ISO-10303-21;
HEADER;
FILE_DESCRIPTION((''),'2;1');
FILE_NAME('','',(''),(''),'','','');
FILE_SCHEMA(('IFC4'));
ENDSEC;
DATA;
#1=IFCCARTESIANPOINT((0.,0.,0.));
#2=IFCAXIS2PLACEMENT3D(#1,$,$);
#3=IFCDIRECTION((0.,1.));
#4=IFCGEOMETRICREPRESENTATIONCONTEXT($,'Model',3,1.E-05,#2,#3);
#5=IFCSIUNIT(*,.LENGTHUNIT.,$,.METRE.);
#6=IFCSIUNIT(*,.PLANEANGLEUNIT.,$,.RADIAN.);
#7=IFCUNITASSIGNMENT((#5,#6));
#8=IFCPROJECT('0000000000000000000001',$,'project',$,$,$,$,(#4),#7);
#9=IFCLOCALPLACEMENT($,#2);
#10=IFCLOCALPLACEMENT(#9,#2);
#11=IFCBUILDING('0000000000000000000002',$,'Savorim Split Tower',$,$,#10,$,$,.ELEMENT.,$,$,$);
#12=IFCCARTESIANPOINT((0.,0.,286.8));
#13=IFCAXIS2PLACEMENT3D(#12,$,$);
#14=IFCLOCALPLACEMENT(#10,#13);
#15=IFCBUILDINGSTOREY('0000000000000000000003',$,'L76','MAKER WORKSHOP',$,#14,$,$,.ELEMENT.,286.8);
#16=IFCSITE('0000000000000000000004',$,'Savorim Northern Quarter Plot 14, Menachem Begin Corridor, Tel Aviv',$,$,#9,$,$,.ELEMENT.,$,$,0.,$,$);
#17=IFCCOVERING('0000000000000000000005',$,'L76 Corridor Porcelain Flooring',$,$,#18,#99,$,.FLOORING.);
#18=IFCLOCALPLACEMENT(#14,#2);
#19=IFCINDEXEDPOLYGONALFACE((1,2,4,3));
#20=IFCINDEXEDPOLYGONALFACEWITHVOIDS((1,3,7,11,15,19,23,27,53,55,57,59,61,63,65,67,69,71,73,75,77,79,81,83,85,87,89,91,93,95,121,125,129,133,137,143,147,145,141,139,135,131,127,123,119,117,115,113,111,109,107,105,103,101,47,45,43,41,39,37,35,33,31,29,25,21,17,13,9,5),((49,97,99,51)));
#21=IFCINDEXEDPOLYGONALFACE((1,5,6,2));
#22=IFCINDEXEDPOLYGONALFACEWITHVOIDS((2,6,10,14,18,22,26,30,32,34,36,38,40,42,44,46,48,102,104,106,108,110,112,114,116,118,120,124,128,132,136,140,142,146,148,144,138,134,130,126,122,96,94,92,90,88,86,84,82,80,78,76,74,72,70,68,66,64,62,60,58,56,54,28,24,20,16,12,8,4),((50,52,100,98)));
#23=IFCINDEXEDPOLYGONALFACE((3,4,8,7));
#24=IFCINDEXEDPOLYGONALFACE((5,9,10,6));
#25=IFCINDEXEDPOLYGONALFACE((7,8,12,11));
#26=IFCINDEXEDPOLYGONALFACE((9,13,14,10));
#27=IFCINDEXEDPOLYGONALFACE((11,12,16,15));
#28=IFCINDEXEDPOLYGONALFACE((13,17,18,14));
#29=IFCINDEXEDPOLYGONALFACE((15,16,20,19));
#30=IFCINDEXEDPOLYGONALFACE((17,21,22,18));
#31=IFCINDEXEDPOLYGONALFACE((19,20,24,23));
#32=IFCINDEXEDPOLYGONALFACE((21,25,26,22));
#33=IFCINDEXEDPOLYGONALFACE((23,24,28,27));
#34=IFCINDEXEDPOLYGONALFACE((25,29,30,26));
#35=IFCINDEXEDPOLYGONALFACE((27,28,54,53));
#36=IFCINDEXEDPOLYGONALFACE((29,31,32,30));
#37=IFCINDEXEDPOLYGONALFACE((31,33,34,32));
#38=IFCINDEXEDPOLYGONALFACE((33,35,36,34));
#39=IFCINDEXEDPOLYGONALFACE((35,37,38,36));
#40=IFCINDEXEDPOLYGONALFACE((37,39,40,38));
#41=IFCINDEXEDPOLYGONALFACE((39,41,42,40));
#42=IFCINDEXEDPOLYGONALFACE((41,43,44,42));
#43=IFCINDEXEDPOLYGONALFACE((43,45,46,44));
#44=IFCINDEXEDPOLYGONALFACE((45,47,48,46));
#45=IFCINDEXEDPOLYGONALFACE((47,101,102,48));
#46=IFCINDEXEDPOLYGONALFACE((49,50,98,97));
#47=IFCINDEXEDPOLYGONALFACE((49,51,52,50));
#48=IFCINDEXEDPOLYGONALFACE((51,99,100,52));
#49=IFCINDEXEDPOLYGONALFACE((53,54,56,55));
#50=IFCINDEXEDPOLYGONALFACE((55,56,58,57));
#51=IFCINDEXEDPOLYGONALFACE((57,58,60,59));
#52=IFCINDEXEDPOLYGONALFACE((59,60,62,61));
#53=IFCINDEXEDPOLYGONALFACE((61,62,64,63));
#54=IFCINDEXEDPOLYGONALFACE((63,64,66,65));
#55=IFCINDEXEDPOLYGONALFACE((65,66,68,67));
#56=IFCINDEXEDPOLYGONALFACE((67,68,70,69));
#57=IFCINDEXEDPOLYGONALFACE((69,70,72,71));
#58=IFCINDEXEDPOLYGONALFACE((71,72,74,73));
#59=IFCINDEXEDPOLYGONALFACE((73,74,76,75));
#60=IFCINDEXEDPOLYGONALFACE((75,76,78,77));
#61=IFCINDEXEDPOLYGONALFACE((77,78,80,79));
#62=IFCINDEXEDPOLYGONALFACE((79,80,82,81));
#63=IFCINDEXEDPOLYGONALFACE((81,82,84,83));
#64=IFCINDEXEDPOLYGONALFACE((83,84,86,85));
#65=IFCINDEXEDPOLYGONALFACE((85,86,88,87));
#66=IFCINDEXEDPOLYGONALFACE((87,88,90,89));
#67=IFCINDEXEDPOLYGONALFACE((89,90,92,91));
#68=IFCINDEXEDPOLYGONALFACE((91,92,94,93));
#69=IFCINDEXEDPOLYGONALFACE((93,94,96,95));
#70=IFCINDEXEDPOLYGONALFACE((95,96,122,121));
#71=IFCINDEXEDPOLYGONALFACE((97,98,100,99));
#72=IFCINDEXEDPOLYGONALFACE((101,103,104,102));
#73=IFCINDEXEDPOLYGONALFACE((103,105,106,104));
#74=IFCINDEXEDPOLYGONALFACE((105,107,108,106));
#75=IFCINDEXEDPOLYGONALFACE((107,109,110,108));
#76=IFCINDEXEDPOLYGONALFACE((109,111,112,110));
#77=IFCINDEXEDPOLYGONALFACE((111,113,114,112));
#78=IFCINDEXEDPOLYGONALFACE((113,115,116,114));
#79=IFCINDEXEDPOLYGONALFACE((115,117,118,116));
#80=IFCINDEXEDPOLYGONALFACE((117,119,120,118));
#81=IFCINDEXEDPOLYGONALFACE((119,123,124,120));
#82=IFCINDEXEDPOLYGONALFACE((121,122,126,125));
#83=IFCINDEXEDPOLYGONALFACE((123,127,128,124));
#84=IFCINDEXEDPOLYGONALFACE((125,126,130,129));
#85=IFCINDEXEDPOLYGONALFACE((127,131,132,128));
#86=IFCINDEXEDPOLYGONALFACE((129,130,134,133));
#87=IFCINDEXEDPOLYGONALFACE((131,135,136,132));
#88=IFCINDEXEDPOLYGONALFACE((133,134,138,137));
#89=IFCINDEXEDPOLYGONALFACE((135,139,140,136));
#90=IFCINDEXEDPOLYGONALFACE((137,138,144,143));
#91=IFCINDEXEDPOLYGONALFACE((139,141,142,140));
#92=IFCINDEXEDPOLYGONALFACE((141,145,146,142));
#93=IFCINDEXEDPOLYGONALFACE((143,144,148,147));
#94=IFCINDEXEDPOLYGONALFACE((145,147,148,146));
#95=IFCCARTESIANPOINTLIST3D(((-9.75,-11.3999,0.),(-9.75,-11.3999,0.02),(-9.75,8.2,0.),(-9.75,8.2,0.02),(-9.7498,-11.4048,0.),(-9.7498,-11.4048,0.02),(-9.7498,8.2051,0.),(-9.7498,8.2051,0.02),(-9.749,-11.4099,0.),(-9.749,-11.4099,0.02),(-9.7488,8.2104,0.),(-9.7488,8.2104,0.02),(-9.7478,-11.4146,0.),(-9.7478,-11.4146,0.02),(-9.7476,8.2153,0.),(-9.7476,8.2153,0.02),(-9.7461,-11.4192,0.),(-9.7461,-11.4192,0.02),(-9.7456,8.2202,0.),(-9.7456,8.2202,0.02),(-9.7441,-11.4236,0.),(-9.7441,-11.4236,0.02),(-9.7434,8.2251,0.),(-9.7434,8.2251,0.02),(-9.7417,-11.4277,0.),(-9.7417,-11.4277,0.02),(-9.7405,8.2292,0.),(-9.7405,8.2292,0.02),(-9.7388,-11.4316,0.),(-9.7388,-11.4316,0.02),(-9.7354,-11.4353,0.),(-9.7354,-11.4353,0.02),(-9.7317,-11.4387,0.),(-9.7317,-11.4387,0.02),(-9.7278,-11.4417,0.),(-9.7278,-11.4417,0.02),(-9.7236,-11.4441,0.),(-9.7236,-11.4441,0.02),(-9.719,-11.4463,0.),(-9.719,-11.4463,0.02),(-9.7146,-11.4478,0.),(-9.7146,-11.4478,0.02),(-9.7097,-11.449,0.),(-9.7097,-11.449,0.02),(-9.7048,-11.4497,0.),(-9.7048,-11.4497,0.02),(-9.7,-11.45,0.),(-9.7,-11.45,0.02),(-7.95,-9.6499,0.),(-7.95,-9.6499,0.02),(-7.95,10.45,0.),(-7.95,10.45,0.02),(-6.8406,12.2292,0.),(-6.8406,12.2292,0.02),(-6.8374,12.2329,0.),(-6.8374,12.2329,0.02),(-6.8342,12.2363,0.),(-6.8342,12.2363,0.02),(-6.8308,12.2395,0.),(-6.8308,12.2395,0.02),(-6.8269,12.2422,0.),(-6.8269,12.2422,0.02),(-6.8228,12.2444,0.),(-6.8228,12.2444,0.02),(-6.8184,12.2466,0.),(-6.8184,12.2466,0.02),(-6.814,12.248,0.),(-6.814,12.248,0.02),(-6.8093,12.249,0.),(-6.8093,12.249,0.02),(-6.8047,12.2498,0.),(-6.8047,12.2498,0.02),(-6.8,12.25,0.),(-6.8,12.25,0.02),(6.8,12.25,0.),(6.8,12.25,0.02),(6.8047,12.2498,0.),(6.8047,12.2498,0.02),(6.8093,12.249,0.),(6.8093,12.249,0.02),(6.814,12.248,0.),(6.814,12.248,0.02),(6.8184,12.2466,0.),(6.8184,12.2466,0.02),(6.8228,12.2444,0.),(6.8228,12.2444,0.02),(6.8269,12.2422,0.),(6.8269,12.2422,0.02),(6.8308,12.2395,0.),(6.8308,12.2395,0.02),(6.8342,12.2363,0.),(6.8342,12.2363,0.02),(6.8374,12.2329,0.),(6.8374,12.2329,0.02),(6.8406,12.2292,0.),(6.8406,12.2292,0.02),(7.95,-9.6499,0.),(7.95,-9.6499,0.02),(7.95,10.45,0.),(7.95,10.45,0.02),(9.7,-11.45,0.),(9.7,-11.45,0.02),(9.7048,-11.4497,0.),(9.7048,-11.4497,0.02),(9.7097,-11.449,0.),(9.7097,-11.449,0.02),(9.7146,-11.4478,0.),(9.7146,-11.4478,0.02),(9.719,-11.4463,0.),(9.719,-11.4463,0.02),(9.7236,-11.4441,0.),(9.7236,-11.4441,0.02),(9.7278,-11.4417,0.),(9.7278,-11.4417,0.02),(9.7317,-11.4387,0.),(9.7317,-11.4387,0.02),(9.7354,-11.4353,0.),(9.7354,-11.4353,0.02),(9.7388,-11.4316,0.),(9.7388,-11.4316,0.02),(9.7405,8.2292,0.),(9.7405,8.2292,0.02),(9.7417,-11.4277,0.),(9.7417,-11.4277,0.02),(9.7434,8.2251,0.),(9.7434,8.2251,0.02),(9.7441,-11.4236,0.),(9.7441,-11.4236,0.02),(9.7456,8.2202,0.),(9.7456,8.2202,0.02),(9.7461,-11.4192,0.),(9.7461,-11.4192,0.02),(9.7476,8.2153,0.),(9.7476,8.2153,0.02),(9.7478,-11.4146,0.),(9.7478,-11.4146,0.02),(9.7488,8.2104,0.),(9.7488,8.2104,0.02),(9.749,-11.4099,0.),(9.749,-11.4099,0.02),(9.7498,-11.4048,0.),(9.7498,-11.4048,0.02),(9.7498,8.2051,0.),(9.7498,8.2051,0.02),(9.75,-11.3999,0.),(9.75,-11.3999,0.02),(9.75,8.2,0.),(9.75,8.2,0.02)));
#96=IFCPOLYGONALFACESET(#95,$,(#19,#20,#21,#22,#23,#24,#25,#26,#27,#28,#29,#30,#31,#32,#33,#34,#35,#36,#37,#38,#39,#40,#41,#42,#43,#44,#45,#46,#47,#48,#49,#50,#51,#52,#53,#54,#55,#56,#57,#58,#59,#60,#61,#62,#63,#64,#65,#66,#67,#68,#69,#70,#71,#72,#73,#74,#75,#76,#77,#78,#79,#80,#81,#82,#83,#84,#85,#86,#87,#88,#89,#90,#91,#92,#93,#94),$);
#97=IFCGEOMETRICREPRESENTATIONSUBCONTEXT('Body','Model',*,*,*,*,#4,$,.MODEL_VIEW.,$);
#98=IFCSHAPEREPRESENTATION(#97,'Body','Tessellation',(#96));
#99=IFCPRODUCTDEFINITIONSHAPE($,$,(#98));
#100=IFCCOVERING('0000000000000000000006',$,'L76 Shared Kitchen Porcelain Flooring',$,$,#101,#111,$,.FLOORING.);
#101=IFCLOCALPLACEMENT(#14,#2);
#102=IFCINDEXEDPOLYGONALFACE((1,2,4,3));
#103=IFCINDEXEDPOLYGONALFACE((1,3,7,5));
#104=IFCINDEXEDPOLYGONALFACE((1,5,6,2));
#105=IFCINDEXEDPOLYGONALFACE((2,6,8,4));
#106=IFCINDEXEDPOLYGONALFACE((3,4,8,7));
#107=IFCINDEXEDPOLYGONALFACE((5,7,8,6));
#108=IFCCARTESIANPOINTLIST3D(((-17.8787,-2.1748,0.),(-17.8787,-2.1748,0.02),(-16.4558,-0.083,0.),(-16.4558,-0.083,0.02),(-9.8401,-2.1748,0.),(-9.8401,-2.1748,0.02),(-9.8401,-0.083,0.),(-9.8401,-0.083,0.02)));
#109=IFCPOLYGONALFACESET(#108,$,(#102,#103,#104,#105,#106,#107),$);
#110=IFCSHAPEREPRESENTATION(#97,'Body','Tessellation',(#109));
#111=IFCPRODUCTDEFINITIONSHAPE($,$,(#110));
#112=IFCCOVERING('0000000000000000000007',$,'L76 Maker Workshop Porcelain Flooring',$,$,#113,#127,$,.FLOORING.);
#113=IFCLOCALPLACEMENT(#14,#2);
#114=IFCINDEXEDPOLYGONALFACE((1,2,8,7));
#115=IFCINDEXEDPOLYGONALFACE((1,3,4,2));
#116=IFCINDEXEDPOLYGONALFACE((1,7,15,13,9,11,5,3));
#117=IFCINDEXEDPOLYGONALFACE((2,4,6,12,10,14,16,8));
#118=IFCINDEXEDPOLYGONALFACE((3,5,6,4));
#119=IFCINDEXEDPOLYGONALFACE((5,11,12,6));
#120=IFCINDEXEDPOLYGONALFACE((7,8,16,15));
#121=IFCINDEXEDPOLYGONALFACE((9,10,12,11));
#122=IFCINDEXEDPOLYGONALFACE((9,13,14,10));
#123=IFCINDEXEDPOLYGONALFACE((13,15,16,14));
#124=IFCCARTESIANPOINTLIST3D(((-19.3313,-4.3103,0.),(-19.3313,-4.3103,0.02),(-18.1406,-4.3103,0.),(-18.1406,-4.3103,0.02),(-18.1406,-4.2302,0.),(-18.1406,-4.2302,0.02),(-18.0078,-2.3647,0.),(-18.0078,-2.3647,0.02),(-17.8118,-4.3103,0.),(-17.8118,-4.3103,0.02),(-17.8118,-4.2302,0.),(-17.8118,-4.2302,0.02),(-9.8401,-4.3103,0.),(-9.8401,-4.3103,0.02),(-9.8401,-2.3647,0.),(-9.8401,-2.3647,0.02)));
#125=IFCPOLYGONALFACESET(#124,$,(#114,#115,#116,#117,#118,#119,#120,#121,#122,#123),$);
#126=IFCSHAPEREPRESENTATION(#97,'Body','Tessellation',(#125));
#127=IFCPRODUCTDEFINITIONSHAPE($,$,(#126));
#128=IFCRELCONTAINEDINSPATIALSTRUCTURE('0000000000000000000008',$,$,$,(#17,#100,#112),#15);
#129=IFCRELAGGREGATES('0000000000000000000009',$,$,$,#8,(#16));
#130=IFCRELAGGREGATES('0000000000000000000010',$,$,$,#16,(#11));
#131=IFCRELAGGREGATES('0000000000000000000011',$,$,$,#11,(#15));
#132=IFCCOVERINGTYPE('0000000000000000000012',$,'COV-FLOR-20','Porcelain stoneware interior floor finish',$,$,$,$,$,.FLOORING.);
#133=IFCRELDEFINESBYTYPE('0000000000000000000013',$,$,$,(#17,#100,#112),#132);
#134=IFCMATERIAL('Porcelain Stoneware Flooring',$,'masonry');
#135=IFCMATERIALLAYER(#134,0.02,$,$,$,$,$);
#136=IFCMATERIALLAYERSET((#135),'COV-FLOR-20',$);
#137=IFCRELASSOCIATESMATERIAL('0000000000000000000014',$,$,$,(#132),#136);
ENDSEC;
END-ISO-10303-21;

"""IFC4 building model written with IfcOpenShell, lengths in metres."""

from ifc_helpers import new_model, si_unit, direction, frame, origin, place, context, subcontext, project, spatial, polyline, outline, extrude, material, layer, layer_set, type_object, element, save


model = new_model("IFC4")

# Units and contexts
model_context = context("Model", 3, precision=1e-05, world=origin(), true_north=direction((0.0, 1.0)))
body_context = subcontext(model_context, "Body", "Model", "MODEL_VIEW")
ifc_project = project(units=[si_unit("LENGTHUNIT", "METRE"), si_unit("PLANEANGLEUNIT", "RADIAN")], contexts=[model_context])

# Site, building, storey
site_placement = place(None, origin())
site = spatial("IfcSite", under=ifc_project, at=site_placement, Name="Savorim Northern Quarter Plot 14, Menachem Begin Corridor, Tel Aviv", CompositionType="ELEMENT", RefElevation=0.0)
building_placement = place(site_placement, origin())
building = spatial("IfcBuilding", under=site, at=building_placement, Name="Savorim Split Tower", CompositionType="ELEMENT")
storey_placement = place(building_placement, frame((0.0, 0.0, 286.8)))
storey = spatial("IfcBuildingStorey", under=building, at=storey_placement, Name="L76", Description="MAKER WORKSHOP", CompositionType="ELEMENT", Elevation=286.8)

# Coverings
ifc_material_1 = material(Name="Porcelain Stoneware Flooring", Category="masonry")
ifc_layer_1 = layer(ifc_material_1, 0.02)
ifc_layer_set_1 = layer_set([ifc_layer_1], Name="COV-FLOR-20")
covering_type_1 = type_object("IfcCoveringType", Name="COV-FLOR-20", Description="Porcelain stoneware interior floor finish", PredefinedType="FLOORING", material=ifc_layer_set_1)
covering_1_placement = place(storey_placement, origin())
element("IfcCovering", 1, at=covering_1_placement, inside=storey, type_object=covering_type_1, Name="L76 Corridor Porcelain Flooring", PredefinedType="FLOORING", context=body_context, shape_type="SweptSolid", body=[
    extrude(outline(polyline([(6.8093, 12.249), (6.8047, 12.2498), (6.8, 12.25), (-6.8, 12.25), (-6.8047, 12.2498), (-6.8093, 12.249), (-6.814, 12.248), (-6.8184, 12.2466), (-6.8228, 12.2444), (-6.8269, 12.2422), (-6.8308, 12.2395), (-6.8342, 12.2363), (-6.8374, 12.2329), (-6.8406, 12.2292), (-9.7405, 8.2292), (-9.7434, 8.2251), (-9.7456, 8.2202), (-9.7476, 8.2153), (-9.7488, 8.2104), (-9.7498, 8.2051), (-9.75, 8.2), (-9.75, -11.3999), (-9.7498, -11.4048), (-9.749, -11.4099), (-9.7478, -11.4146), (-9.7461, -11.4192), (-9.7441, -11.4236), (-9.7417, -11.4277), (-9.7388, -11.4316), (-9.7354, -11.4353), (-9.7317, -11.4387), (-9.7278, -11.4417), (-9.7236, -11.4441), (-9.719, -11.4463), (-9.7146, -11.4478), (-9.7097, -11.449), (-9.7048, -11.4497), (-9.7, -11.45), (9.7, -11.45), (9.7048, -11.4497), (9.7097, -11.449), (9.7146, -11.4478), (9.719, -11.4463), (9.7236, -11.4441), (9.7278, -11.4417), (9.7317, -11.4387), (9.7354, -11.4353), (9.7388, -11.4316), (9.7417, -11.4277), (9.7441, -11.4236), (9.7461, -11.4192), (9.7478, -11.4146), (9.749, -11.4099), (9.7498, -11.4048), (9.75, -11.3999), (9.75, 8.2), (9.7498, 8.2051), (9.7488, 8.2104), (9.7476, 8.2153), (9.7456, 8.2202), (9.7434, 8.2251), (9.7405, 8.2292), (6.8406, 12.2292), (6.8374, 12.2329), (6.8342, 12.2363), (6.8308, 12.2395), (6.8269, 12.2422), (6.8228, 12.2444), (6.8184, 12.2466), (6.814, 12.248), (6.8093, 12.249)]), holes=[polyline([(-7.95, 10.45), (-7.95, -9.6499), (7.95, -9.6499), (7.95, 10.45), (-7.95, 10.45)])]), origin(), (0.0, 0.0, 1.0), 0.02),
])
covering_2_placement = place(storey_placement, origin())
element("IfcCovering", 2, at=covering_2_placement, inside=storey, type_object=covering_type_1, Name="L76 Shared Kitchen Porcelain Flooring", PredefinedType="FLOORING", context=body_context, shape_type="SweptSolid", body=[
    extrude(outline(polyline([(-16.4558, -0.083), (-17.8787, -2.1748), (-9.8401, -2.1748), (-9.8401, -0.083), (-16.4558, -0.083)])), origin(), (0.0, 0.0, 1.0), 0.02),
])
covering_3_placement = place(storey_placement, origin())
element("IfcCovering", 3, at=covering_3_placement, inside=storey, type_object=covering_type_1, Name="L76 Maker Workshop Porcelain Flooring", PredefinedType="FLOORING", context=body_context, shape_type="SweptSolid", body=[
    extrude(outline(polyline([(-17.8118, -4.2302), (-17.8118, -4.3103), (-9.8401, -4.3103), (-9.8401, -2.3647), (-18.0078, -2.3647), (-19.3313, -4.3103), (-18.1406, -4.3103), (-18.1406, -4.2302), (-17.8118, -4.2302)])), origin(), (0.0, 0.0, 1.0), 0.02),
])

save(model, "model.ifc")
